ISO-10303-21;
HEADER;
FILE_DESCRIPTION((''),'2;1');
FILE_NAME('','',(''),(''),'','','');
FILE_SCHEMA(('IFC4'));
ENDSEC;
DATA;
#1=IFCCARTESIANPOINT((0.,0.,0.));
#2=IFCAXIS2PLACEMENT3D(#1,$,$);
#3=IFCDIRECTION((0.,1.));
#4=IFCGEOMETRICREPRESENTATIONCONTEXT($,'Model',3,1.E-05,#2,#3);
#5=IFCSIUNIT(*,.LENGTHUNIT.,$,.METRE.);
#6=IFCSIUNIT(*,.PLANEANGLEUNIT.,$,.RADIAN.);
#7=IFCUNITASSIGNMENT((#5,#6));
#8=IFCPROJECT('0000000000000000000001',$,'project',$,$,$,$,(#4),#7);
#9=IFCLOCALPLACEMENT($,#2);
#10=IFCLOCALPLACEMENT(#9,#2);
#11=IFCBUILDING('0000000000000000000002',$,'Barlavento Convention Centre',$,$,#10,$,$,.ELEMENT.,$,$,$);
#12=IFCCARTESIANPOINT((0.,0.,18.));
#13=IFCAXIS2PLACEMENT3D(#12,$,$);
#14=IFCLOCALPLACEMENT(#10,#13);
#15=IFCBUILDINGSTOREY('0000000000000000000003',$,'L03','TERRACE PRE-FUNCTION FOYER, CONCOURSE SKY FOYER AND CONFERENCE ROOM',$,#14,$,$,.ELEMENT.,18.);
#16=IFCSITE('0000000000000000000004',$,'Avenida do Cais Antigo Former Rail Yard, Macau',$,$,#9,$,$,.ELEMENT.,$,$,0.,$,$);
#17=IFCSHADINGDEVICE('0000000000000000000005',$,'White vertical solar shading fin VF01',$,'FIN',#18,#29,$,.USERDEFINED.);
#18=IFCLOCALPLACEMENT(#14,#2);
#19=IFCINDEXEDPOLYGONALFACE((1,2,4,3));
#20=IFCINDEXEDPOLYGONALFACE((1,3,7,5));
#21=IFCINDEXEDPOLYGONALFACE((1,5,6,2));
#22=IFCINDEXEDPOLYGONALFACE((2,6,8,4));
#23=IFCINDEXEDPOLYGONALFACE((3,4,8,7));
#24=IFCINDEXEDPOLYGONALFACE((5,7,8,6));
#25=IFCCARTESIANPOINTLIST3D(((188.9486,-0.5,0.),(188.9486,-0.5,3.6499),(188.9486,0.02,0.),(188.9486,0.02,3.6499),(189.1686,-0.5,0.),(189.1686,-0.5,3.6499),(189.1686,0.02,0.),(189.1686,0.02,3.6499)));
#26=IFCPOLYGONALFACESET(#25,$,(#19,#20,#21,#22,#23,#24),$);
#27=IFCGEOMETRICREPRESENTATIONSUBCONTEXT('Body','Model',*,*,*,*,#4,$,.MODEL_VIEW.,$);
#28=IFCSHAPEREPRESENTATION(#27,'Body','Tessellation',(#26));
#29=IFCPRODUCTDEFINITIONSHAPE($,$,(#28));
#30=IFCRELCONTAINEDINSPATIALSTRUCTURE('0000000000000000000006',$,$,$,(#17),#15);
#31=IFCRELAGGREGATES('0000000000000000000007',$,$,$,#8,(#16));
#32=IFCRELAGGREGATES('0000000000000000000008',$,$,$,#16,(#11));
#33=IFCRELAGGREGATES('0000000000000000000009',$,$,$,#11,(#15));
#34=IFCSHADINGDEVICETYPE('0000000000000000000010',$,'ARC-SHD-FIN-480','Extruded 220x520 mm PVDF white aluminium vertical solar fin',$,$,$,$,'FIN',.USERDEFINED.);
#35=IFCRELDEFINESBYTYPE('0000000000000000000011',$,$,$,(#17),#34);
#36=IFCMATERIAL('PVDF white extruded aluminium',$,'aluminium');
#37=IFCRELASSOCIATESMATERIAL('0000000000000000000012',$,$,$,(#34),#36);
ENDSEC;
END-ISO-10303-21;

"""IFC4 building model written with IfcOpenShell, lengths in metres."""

from ifc_helpers import new_model, si_unit, direction, frame, origin, origin_2d, place, context, subcontext, project, spatial, rectangle, extrude, material, type_object, element, save


model = new_model("IFC4")

# Units and contexts
model_context = context("Model", 3, precision=1e-05, world=origin(), true_north=direction((0.0, 1.0)))
body_context = subcontext(model_context, "Body", "Model", "MODEL_VIEW")
ifc_project = project(units=[si_unit("LENGTHUNIT", "METRE"), si_unit("PLANEANGLEUNIT", "RADIAN")], contexts=[model_context])

# Site, building, storey
site_placement = place(None, origin())
site = spatial("IfcSite", under=ifc_project, at=site_placement, Name="Avenida do Cais Antigo Former Rail Yard, Macau", CompositionType="ELEMENT", RefElevation=0.0)
building_placement = place(site_placement, origin())
building = spatial("IfcBuilding", under=site, at=building_placement, Name="Barlavento Convention Centre", CompositionType="ELEMENT")
storey_placement = place(building_placement, frame((0.0, 0.0, 18.0)))
storey = spatial("IfcBuildingStorey", under=building, at=storey_placement, Name="L03", Description="TERRACE PRE-FUNCTION FOYER, CONCOURSE SKY FOYER AND CONFERENCE ROOM", CompositionType="ELEMENT", Elevation=18.0)

# Shading device
ifc_material_1 = material(Name="PVDF white extruded aluminium", Category="aluminium")
shading_device_type = type_object("IfcShadingDeviceType", Name="ARC-SHD-FIN-480", Description="Extruded 220x520 mm PVDF white aluminium vertical solar fin", ElementType="FIN", PredefinedType="USERDEFINED", material=ifc_material_1)
for number, where, z_axis, x_axis, name in (
    (1, (189.0586, -0.24, 0.0), (0.0, 0.0, 1.0), (1.0, 0.0, 0.0), "White vertical solar shading fin VF01"),
):
    element("IfcShadingDevice", number, at=place(storey_placement, frame(where, z_axis=z_axis, x_axis=x_axis)), inside=storey, type_object=shading_device_type, Name=name, ObjectType="FIN", PredefinedType="USERDEFINED", context=body_context, shape_type="SweptSolid", body=[
        extrude(rectangle(XDim=0.22, YDim=0.52, at=origin_2d()), origin(), (0.0, 0.0, 1.0), 3.6499),
    ])

save(model, "model.ifc")
